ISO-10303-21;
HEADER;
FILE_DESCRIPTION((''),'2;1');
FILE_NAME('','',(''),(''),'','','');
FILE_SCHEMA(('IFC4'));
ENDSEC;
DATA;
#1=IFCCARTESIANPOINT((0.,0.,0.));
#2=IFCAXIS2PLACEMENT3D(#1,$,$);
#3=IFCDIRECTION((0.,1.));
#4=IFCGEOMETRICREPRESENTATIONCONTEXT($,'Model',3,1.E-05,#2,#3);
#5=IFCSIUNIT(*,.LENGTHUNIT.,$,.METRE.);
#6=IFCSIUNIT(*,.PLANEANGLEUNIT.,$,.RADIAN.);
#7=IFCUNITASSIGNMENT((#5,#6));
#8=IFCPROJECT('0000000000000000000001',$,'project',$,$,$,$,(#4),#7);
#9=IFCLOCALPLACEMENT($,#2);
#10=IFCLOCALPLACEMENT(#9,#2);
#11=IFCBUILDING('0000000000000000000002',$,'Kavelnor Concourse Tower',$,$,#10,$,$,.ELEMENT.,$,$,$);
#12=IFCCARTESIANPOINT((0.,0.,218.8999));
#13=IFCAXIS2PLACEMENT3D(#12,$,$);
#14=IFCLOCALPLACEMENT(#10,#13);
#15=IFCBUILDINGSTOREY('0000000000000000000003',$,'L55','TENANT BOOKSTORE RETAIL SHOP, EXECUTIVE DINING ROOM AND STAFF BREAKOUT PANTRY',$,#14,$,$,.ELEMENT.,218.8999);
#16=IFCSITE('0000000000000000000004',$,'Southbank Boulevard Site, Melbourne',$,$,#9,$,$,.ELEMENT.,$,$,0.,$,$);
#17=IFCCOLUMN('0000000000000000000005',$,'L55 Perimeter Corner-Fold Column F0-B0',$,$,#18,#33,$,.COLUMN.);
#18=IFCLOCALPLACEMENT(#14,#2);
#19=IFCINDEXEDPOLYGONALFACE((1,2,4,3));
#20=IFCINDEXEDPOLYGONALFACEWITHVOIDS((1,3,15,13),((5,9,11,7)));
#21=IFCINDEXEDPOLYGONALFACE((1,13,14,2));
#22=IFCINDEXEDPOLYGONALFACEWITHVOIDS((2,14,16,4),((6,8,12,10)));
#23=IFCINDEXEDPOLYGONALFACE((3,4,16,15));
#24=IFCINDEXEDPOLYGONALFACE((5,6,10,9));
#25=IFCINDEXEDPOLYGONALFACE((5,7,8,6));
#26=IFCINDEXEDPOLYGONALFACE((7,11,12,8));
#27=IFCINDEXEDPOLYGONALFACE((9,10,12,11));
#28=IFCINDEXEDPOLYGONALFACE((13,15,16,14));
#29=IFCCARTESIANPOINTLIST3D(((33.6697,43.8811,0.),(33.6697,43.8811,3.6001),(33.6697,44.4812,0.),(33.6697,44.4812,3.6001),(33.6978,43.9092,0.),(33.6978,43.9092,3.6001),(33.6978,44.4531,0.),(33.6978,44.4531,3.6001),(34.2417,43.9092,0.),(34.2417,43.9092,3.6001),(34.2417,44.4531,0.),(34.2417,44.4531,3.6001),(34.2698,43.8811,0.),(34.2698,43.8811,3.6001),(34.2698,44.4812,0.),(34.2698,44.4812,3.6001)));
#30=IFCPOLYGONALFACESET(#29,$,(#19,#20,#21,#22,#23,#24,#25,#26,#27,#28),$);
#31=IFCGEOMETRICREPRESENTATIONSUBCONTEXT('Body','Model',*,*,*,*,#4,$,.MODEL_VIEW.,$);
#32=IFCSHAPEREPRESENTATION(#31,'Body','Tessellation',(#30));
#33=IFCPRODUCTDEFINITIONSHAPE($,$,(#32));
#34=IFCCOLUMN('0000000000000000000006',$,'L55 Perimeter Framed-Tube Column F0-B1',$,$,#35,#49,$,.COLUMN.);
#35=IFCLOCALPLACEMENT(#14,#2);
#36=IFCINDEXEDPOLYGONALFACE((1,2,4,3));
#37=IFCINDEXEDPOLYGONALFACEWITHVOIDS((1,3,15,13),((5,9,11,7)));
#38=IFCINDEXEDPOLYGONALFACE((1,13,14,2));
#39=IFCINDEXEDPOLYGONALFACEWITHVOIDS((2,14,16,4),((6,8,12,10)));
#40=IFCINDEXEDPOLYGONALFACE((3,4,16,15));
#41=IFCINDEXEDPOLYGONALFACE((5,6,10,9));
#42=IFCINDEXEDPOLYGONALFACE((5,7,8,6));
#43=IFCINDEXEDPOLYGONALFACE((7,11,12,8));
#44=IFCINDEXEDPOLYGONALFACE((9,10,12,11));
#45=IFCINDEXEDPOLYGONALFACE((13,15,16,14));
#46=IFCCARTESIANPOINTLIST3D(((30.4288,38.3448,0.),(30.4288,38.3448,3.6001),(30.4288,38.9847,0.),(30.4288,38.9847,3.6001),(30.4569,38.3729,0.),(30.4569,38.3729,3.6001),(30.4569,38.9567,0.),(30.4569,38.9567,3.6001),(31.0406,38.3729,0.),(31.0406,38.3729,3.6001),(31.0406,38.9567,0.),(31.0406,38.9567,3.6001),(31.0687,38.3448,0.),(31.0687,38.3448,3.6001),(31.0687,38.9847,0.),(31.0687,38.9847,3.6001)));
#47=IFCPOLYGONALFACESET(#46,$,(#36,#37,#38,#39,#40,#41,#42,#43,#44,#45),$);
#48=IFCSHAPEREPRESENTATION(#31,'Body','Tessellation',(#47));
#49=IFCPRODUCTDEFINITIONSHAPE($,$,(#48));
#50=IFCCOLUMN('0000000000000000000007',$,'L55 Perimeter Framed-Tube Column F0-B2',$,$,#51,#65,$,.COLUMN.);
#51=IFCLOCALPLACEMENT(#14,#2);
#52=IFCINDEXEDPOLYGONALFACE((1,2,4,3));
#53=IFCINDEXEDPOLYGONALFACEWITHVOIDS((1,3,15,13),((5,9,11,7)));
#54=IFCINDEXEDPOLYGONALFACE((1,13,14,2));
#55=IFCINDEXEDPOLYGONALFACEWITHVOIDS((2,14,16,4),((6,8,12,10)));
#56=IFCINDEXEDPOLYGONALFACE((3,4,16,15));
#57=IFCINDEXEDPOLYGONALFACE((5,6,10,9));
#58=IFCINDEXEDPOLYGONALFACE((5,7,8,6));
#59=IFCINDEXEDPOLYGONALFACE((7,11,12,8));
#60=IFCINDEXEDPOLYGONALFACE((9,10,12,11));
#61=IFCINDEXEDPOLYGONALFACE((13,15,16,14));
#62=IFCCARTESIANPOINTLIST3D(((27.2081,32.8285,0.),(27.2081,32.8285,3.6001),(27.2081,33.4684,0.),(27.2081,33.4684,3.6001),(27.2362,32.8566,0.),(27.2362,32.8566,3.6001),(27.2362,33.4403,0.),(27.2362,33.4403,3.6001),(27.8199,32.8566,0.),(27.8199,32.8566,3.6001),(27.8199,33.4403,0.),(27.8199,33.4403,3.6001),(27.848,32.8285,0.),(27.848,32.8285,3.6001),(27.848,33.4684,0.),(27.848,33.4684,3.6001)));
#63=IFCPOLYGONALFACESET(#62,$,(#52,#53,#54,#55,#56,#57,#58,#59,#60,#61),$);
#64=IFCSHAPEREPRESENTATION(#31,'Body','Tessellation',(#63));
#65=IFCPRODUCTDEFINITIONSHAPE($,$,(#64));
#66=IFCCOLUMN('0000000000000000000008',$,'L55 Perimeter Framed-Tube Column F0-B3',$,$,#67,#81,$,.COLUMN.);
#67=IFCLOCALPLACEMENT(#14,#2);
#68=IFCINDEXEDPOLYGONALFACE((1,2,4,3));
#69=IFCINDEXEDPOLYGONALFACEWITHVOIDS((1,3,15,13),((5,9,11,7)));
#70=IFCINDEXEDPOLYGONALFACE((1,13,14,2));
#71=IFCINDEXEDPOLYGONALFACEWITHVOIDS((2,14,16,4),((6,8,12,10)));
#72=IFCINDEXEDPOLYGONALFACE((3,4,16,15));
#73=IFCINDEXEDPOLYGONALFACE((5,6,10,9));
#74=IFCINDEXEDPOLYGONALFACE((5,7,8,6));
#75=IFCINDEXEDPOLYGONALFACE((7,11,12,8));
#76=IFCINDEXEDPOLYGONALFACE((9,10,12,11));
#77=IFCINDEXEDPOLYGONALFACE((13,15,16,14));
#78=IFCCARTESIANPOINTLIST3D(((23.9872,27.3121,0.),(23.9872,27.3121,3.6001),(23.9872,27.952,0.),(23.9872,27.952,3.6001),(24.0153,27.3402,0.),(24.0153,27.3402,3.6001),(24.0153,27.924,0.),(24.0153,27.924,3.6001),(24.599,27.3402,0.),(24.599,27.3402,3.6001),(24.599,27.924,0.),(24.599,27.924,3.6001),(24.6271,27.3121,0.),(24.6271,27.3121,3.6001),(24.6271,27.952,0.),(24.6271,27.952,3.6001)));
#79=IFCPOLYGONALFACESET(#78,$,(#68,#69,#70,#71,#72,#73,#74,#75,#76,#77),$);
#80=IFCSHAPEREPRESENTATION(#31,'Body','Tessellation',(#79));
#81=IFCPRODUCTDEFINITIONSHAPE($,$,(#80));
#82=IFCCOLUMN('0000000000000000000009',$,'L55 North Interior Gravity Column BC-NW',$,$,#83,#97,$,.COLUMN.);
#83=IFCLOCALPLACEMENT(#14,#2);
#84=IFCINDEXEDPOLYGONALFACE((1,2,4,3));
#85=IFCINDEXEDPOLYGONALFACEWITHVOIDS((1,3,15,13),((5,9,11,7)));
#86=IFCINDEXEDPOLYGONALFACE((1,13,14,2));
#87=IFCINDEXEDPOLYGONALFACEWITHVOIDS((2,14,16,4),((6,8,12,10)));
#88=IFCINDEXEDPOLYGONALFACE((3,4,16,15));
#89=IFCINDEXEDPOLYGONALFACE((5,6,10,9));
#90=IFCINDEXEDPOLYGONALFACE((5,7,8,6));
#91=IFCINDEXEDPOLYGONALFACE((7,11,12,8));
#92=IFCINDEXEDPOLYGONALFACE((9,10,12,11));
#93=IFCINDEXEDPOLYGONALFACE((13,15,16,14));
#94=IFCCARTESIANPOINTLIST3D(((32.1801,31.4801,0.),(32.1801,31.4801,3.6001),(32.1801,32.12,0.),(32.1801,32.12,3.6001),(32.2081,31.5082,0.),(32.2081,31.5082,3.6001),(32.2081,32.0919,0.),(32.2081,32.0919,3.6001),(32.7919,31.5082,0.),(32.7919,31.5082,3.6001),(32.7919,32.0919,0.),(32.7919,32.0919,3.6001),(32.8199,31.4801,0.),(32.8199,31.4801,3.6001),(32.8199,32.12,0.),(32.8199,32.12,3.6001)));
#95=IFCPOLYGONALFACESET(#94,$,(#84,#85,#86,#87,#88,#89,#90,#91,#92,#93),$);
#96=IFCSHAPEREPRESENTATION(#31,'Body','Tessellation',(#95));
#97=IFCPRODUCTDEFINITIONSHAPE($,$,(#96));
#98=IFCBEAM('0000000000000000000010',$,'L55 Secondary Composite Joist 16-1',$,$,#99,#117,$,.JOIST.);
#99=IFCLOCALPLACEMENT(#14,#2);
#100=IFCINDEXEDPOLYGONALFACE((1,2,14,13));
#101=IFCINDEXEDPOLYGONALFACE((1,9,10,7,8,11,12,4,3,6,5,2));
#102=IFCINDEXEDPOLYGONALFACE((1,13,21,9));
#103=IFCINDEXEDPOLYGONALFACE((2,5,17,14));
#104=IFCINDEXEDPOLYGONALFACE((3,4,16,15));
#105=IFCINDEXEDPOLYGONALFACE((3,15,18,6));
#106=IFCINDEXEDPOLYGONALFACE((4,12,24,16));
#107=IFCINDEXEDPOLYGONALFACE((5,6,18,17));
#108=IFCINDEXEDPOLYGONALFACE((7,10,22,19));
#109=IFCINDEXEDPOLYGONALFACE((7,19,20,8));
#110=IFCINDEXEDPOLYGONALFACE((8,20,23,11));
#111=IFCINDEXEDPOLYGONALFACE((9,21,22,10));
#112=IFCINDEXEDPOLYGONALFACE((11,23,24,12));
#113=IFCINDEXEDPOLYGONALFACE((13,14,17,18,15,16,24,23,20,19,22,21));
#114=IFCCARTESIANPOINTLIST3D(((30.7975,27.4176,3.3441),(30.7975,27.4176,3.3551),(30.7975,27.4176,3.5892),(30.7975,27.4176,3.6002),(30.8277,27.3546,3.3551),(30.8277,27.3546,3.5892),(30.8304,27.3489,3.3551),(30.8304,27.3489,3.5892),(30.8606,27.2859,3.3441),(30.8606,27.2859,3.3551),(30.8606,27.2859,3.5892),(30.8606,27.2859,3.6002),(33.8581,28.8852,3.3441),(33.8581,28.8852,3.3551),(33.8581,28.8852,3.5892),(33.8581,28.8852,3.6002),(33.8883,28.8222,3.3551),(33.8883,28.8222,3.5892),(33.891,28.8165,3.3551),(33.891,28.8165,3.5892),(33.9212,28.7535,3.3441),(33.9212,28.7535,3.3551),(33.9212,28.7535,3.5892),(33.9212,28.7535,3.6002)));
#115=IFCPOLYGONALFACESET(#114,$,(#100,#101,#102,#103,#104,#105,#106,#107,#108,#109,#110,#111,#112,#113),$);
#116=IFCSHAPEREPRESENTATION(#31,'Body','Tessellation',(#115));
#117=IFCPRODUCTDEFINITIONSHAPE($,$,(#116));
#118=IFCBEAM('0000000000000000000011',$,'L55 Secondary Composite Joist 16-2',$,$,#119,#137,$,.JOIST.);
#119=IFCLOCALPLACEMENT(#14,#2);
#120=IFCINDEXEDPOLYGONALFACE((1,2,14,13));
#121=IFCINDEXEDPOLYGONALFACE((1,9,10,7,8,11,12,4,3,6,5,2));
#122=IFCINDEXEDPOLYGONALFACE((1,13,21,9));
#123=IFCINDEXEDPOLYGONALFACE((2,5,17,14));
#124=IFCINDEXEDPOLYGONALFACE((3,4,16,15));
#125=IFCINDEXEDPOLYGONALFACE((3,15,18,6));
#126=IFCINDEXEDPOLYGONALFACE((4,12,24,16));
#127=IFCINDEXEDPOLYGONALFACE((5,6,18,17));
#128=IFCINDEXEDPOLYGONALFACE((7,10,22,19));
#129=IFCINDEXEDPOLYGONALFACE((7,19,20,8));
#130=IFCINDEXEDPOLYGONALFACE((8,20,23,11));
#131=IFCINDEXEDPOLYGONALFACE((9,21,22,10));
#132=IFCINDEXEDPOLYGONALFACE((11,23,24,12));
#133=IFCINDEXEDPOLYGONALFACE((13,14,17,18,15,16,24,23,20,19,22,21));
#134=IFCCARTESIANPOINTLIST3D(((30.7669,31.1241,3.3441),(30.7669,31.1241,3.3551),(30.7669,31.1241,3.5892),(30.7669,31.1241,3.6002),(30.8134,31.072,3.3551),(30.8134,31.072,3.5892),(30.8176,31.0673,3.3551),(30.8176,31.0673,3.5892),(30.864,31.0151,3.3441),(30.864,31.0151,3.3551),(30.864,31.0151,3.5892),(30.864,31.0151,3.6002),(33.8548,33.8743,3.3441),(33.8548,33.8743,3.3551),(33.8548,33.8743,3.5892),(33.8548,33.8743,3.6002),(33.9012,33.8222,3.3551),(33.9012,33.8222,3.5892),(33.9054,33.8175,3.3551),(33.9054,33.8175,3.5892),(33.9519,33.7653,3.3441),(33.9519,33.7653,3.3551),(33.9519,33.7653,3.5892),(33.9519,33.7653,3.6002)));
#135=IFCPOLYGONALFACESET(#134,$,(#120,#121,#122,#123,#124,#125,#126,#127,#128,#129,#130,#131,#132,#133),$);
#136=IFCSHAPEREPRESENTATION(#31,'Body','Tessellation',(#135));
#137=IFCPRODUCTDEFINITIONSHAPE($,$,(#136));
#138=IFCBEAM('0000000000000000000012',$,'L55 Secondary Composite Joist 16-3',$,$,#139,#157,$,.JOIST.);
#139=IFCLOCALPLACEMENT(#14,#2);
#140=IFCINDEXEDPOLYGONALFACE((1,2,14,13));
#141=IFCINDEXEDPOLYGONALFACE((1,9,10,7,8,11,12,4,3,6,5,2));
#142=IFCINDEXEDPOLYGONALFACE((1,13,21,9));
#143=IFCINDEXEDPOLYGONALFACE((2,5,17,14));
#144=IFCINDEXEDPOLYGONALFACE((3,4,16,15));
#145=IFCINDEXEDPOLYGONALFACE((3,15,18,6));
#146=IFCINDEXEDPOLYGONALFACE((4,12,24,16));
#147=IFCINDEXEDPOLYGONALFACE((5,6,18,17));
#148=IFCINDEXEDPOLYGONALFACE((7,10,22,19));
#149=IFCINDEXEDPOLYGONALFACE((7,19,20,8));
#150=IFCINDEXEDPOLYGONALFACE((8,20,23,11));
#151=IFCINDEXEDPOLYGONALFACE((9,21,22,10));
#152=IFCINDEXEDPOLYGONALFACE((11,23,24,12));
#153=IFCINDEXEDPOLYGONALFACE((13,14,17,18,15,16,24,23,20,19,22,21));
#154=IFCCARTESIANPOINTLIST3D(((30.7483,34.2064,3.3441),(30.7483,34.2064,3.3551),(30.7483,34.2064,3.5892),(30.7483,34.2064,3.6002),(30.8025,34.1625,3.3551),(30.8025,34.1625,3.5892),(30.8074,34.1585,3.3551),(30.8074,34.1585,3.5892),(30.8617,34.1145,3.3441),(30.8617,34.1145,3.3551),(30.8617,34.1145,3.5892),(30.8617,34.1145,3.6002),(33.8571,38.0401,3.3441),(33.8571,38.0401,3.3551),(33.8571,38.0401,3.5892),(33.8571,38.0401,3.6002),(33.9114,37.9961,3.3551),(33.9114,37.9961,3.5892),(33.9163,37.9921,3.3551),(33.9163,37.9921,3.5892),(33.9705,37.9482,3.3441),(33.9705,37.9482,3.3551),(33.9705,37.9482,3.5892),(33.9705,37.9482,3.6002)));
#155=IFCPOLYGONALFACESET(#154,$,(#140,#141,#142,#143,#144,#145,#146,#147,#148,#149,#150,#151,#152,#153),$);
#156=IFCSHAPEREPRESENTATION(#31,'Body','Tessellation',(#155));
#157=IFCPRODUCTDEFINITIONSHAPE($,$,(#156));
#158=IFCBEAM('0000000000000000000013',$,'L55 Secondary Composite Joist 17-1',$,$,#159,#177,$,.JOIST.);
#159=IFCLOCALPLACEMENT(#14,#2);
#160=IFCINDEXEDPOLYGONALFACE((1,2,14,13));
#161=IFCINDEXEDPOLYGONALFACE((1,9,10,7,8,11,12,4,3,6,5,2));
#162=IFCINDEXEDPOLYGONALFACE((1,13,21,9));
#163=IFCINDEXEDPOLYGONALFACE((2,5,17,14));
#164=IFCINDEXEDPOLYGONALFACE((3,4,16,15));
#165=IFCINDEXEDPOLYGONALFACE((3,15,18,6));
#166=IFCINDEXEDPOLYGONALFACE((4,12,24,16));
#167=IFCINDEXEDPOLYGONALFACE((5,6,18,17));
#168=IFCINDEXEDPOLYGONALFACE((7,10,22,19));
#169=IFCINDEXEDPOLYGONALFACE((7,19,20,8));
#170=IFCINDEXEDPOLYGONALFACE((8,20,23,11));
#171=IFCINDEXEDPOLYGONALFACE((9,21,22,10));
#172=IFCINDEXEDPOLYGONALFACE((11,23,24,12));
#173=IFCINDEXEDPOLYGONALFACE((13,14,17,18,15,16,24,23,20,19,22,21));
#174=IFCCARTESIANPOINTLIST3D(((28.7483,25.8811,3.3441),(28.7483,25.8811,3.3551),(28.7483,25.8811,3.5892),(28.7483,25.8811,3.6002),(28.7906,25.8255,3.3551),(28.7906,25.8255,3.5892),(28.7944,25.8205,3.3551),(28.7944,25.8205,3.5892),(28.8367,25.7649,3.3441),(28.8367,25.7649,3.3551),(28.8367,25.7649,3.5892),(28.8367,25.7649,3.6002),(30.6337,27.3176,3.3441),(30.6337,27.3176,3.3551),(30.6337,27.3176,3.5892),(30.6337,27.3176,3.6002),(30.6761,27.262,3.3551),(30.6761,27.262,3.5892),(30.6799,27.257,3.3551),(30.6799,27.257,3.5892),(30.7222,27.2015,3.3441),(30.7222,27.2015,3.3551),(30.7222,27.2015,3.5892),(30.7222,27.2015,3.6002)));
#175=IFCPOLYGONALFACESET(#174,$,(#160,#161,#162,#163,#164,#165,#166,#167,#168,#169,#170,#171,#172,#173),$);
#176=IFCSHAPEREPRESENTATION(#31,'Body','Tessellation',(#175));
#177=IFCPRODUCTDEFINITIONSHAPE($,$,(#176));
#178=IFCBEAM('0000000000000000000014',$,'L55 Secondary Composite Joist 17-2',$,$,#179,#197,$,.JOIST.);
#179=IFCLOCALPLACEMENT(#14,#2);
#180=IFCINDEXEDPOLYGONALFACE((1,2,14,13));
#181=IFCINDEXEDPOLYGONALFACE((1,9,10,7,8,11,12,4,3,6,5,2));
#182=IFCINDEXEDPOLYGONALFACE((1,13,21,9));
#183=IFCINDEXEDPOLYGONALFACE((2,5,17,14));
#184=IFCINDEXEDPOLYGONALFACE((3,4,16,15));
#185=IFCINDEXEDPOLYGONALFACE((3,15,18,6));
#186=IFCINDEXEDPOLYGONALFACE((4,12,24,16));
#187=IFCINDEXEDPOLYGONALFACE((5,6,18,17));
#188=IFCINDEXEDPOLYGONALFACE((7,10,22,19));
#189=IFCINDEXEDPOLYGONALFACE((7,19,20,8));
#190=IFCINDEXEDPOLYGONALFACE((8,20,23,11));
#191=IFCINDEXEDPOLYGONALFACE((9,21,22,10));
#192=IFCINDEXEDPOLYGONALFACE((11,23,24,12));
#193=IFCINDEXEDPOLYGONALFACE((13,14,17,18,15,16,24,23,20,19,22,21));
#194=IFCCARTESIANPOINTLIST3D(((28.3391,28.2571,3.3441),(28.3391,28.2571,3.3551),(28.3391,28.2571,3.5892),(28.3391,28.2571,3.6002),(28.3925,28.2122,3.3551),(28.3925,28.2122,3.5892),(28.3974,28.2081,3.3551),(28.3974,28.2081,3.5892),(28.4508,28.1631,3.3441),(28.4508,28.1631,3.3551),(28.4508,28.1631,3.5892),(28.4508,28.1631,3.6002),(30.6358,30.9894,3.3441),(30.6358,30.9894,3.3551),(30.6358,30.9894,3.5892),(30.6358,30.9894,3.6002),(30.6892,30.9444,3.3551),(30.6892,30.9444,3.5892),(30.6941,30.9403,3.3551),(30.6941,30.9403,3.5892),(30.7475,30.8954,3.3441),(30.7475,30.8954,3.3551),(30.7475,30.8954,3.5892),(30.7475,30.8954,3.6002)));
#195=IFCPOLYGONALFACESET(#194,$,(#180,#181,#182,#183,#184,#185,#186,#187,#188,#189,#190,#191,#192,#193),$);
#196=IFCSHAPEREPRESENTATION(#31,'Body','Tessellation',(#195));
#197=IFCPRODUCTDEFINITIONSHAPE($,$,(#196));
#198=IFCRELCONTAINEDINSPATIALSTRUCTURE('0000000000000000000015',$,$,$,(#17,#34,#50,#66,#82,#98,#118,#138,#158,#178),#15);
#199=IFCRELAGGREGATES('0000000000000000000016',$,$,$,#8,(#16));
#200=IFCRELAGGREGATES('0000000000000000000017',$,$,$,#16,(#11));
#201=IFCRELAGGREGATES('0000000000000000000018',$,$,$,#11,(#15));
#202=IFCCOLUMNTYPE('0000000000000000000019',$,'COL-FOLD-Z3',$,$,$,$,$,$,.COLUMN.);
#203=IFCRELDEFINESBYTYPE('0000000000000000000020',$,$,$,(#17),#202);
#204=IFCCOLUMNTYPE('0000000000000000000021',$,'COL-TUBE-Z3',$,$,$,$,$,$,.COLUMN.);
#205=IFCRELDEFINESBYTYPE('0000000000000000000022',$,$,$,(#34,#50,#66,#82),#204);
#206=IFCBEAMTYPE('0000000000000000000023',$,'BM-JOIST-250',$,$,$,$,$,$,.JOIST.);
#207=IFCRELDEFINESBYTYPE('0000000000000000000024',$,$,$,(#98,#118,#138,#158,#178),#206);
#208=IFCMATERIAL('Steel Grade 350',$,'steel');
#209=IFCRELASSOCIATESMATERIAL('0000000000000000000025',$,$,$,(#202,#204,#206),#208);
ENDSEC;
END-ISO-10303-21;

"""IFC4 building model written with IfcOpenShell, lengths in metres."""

from ifc_helpers import new_model, si_unit, direction, frame, origin, origin_2d, place, context, subcontext, project, spatial, hollow_rectangle, i_section, extrude, material, material_profile, profile_set, type_object, element, save


model = new_model("IFC4")

# Units and contexts
model_context = context("Model", 3, precision=1e-05, world=origin(), true_north=direction((0.0, 1.0)))
body_context = subcontext(model_context, "Body", "Model", "MODEL_VIEW")
ifc_project = project(units=[si_unit("LENGTHUNIT", "METRE"), si_unit("PLANEANGLEUNIT", "RADIAN")], contexts=[model_context])

# Site, building, storey
site_placement = place(None, origin())
site = spatial("IfcSite", under=ifc_project, at=site_placement, Name="Southbank Boulevard Site, Melbourne", CompositionType="ELEMENT", RefElevation=0.0)
building_placement = place(site_placement, origin())
building = spatial("IfcBuilding", under=site, at=building_placement, Name="Kavelnor Concourse Tower", CompositionType="ELEMENT")
storey_placement = place(building_placement, frame((0.0, 0.0, 218.8999)))
storey = spatial("IfcBuildingStorey", under=building, at=storey_placement, Name="L55", Description="TENANT BOOKSTORE RETAIL SHOP, EXECUTIVE DINING ROOM AND STAFF BREAKOUT PANTRY", CompositionType="ELEMENT", Elevation=218.8999)

# Columns
ifc_material_1 = material(Name="Steel Grade 350", Category="steel")
ifc_material_profile_1 = material_profile(ifc_material_1, hollow_rectangle(XDim=0.6001, YDim=0.6001, WallThickness=0.0281, at=origin_2d()), Name="SHS 600x600x28")
ifc_profile_set_1 = profile_set([ifc_material_profile_1], Name="Steel Grade 350")
column_type_1 = type_object("IfcColumnType", Name="COL-FOLD-Z3", PredefinedType="COLUMN", material=ifc_profile_set_1)
column_placement = place(storey_placement, frame((33.9697, 44.1812, 0.0), z_axis=(0.0, 0.0, 1.0), x_axis=(1.0, 0.0, 0.0)))
element("IfcColumn", 1, at=column_placement, inside=storey, type_object=column_type_1, Name="L55 Perimeter Corner-Fold Column F0-B0", PredefinedType="COLUMN", context=body_context, shape_type="SweptSolid", body=[
    extrude(hollow_rectangle(XDim=0.6001, YDim=0.6001, WallThickness=0.0281, at=origin_2d()), origin(), (0.0, 0.0, 1.0), 3.6001),
])
ifc_material_profile_2 = material_profile(ifc_material_1, hollow_rectangle(XDim=0.6399, YDim=0.6399, WallThickness=0.0281, at=origin_2d()), Name="SHS 640x640x28")
ifc_profile_set_2 = profile_set([ifc_material_profile_2], Name="Steel Grade 350")
column_type_2 = type_object("IfcColumnType", Name="COL-TUBE-Z3", PredefinedType="COLUMN", material=ifc_profile_set_2)
for number, where, z_axis, x_axis, name in (
    (2, (30.7488, 38.6648, 0.0), (0.0, 0.0, 1.0), (1.0, 0.0, 0.0), "L55 Perimeter Framed-Tube Column F0-B1"),
    (3, (27.5281, 33.1484, 0.0), (0.0, 0.0, 1.0), (1.0, 0.0, 0.0), "L55 Perimeter Framed-Tube Column F0-B2"),
    (4, (24.3071, 27.6321, 0.0), (0.0, 0.0, 1.0), (1.0, 0.0, 0.0), "L55 Perimeter Framed-Tube Column F0-B3"),
    (5, (32.5, 31.8, 0.0), (0.0, 0.0, 1.0), (1.0, 0.0, 0.0), "L55 North Interior Gravity Column BC-NW"),
):
    element("IfcColumn", number, at=place(storey_placement, frame(where, z_axis=z_axis, x_axis=x_axis)), inside=storey, type_object=column_type_2, Name=name, PredefinedType="COLUMN", context=body_context, shape_type="SweptSolid", body=[
        extrude(hollow_rectangle(XDim=0.6399, YDim=0.6399, WallThickness=0.0281, at=origin_2d()), origin(), (0.0, 0.0, 1.0), 3.6001),
    ])

# Beams
ifc_material_profile_3 = material_profile(ifc_material_1, i_section(OverallWidth=0.146, OverallDepth=0.2561, WebThickness=0.0063, FlangeThickness=0.011, at=origin_2d()), Name="250UB37")
ifc_profile_set_3 = profile_set([ifc_material_profile_3], Name="Steel Grade 350")
beam_type_1 = type_object("IfcBeamType", Name="BM-JOIST-250", PredefinedType="JOIST", material=ifc_profile_set_3)
beam_1_placement = place(storey_placement, frame((33.8896, 28.8193, 3.4722), z_axis=(-0.901699, -0.432364, 0.0), x_axis=(0.432364, -0.901699, 0.0)))
element("IfcBeam", 6, at=beam_1_placement, inside=storey, type_object=beam_type_1, Name="L55 Secondary Composite Joist 16-1", PredefinedType="JOIST", context=body_context, shape_type="SweptSolid", body=[
    extrude(i_section(OverallWidth=0.146, OverallDepth=0.2561, WebThickness=0.0063, FlangeThickness=0.011, at=origin_2d()), origin(), (0.0, 0.0, 1.0), 3.3943),
])
beam_2_placement = place(storey_placement, frame((33.9033, 33.8198, 3.4722), z_axis=(-0.746754, -0.6651, 0.0), x_axis=(0.6651, -0.746754, 0.0)))
element("IfcBeam", 7, at=beam_2_placement, inside=storey, type_object=beam_type_1, Name="L55 Secondary Composite Joist 16-2", PredefinedType="JOIST", context=body_context, shape_type="SweptSolid", body=[
    extrude(i_section(OverallWidth=0.146, OverallDepth=0.2561, WebThickness=0.0063, FlangeThickness=0.011, at=origin_2d()), origin(), (0.0, 0.0, 1.0), 4.135),
])
beam_3_placement = place(storey_placement, frame((33.9138, 37.9941, 3.4722), z_axis=(-0.629857, -0.776711, 0.0), x_axis=(0.776711, -0.629857, 0.0)))
element("IfcBeam", 8, at=beam_3_placement, inside=storey, type_object=beam_type_1, Name="L55 Secondary Composite Joist 16-3", PredefinedType="JOIST", context=body_context, shape_type="SweptSolid", body=[
    extrude(i_section(OverallWidth=0.146, OverallDepth=0.2561, WebThickness=0.0063, FlangeThickness=0.011, at=origin_2d()), origin(), (0.0, 0.0, 1.0), 4.9358),
])
beam_4_placement = place(storey_placement, frame((30.678, 27.2595, 3.4722), z_axis=(-0.795441, -0.606031, 0.0), x_axis=(0.606031, -0.795441, 0.0)))
element("IfcBeam", 9, at=beam_4_placement, inside=storey, type_object=beam_type_1, Name="L55 Secondary Composite Joist 17-1", PredefinedType="JOIST", context=body_context, shape_type="SweptSolid", body=[
    extrude(i_section(OverallWidth=0.146, OverallDepth=0.2561, WebThickness=0.0063, FlangeThickness=0.011, at=origin_2d()), origin(), (0.0, 0.0, 1.0), 2.3704),
])
beam_5_placement = place(storey_placement, frame((30.6917, 30.9424, 3.4722), z_axis=(-0.643455, -0.765484, 0.0), x_axis=(0.765484, -0.643455, 0.0)))
element("IfcBeam", 10, at=beam_5_placement, inside=storey, type_object=beam_type_1, Name="L55 Secondary Composite Joist 17-2", PredefinedType="JOIST", context=body_context, shape_type="SweptSolid", body=[
    extrude(i_section(OverallWidth=0.146, OverallDepth=0.2561, WebThickness=0.0063, FlangeThickness=0.011, at=origin_2d()), origin(), (0.0, 0.0, 1.0), 3.5693),
])

save(model, "model.ifc")
